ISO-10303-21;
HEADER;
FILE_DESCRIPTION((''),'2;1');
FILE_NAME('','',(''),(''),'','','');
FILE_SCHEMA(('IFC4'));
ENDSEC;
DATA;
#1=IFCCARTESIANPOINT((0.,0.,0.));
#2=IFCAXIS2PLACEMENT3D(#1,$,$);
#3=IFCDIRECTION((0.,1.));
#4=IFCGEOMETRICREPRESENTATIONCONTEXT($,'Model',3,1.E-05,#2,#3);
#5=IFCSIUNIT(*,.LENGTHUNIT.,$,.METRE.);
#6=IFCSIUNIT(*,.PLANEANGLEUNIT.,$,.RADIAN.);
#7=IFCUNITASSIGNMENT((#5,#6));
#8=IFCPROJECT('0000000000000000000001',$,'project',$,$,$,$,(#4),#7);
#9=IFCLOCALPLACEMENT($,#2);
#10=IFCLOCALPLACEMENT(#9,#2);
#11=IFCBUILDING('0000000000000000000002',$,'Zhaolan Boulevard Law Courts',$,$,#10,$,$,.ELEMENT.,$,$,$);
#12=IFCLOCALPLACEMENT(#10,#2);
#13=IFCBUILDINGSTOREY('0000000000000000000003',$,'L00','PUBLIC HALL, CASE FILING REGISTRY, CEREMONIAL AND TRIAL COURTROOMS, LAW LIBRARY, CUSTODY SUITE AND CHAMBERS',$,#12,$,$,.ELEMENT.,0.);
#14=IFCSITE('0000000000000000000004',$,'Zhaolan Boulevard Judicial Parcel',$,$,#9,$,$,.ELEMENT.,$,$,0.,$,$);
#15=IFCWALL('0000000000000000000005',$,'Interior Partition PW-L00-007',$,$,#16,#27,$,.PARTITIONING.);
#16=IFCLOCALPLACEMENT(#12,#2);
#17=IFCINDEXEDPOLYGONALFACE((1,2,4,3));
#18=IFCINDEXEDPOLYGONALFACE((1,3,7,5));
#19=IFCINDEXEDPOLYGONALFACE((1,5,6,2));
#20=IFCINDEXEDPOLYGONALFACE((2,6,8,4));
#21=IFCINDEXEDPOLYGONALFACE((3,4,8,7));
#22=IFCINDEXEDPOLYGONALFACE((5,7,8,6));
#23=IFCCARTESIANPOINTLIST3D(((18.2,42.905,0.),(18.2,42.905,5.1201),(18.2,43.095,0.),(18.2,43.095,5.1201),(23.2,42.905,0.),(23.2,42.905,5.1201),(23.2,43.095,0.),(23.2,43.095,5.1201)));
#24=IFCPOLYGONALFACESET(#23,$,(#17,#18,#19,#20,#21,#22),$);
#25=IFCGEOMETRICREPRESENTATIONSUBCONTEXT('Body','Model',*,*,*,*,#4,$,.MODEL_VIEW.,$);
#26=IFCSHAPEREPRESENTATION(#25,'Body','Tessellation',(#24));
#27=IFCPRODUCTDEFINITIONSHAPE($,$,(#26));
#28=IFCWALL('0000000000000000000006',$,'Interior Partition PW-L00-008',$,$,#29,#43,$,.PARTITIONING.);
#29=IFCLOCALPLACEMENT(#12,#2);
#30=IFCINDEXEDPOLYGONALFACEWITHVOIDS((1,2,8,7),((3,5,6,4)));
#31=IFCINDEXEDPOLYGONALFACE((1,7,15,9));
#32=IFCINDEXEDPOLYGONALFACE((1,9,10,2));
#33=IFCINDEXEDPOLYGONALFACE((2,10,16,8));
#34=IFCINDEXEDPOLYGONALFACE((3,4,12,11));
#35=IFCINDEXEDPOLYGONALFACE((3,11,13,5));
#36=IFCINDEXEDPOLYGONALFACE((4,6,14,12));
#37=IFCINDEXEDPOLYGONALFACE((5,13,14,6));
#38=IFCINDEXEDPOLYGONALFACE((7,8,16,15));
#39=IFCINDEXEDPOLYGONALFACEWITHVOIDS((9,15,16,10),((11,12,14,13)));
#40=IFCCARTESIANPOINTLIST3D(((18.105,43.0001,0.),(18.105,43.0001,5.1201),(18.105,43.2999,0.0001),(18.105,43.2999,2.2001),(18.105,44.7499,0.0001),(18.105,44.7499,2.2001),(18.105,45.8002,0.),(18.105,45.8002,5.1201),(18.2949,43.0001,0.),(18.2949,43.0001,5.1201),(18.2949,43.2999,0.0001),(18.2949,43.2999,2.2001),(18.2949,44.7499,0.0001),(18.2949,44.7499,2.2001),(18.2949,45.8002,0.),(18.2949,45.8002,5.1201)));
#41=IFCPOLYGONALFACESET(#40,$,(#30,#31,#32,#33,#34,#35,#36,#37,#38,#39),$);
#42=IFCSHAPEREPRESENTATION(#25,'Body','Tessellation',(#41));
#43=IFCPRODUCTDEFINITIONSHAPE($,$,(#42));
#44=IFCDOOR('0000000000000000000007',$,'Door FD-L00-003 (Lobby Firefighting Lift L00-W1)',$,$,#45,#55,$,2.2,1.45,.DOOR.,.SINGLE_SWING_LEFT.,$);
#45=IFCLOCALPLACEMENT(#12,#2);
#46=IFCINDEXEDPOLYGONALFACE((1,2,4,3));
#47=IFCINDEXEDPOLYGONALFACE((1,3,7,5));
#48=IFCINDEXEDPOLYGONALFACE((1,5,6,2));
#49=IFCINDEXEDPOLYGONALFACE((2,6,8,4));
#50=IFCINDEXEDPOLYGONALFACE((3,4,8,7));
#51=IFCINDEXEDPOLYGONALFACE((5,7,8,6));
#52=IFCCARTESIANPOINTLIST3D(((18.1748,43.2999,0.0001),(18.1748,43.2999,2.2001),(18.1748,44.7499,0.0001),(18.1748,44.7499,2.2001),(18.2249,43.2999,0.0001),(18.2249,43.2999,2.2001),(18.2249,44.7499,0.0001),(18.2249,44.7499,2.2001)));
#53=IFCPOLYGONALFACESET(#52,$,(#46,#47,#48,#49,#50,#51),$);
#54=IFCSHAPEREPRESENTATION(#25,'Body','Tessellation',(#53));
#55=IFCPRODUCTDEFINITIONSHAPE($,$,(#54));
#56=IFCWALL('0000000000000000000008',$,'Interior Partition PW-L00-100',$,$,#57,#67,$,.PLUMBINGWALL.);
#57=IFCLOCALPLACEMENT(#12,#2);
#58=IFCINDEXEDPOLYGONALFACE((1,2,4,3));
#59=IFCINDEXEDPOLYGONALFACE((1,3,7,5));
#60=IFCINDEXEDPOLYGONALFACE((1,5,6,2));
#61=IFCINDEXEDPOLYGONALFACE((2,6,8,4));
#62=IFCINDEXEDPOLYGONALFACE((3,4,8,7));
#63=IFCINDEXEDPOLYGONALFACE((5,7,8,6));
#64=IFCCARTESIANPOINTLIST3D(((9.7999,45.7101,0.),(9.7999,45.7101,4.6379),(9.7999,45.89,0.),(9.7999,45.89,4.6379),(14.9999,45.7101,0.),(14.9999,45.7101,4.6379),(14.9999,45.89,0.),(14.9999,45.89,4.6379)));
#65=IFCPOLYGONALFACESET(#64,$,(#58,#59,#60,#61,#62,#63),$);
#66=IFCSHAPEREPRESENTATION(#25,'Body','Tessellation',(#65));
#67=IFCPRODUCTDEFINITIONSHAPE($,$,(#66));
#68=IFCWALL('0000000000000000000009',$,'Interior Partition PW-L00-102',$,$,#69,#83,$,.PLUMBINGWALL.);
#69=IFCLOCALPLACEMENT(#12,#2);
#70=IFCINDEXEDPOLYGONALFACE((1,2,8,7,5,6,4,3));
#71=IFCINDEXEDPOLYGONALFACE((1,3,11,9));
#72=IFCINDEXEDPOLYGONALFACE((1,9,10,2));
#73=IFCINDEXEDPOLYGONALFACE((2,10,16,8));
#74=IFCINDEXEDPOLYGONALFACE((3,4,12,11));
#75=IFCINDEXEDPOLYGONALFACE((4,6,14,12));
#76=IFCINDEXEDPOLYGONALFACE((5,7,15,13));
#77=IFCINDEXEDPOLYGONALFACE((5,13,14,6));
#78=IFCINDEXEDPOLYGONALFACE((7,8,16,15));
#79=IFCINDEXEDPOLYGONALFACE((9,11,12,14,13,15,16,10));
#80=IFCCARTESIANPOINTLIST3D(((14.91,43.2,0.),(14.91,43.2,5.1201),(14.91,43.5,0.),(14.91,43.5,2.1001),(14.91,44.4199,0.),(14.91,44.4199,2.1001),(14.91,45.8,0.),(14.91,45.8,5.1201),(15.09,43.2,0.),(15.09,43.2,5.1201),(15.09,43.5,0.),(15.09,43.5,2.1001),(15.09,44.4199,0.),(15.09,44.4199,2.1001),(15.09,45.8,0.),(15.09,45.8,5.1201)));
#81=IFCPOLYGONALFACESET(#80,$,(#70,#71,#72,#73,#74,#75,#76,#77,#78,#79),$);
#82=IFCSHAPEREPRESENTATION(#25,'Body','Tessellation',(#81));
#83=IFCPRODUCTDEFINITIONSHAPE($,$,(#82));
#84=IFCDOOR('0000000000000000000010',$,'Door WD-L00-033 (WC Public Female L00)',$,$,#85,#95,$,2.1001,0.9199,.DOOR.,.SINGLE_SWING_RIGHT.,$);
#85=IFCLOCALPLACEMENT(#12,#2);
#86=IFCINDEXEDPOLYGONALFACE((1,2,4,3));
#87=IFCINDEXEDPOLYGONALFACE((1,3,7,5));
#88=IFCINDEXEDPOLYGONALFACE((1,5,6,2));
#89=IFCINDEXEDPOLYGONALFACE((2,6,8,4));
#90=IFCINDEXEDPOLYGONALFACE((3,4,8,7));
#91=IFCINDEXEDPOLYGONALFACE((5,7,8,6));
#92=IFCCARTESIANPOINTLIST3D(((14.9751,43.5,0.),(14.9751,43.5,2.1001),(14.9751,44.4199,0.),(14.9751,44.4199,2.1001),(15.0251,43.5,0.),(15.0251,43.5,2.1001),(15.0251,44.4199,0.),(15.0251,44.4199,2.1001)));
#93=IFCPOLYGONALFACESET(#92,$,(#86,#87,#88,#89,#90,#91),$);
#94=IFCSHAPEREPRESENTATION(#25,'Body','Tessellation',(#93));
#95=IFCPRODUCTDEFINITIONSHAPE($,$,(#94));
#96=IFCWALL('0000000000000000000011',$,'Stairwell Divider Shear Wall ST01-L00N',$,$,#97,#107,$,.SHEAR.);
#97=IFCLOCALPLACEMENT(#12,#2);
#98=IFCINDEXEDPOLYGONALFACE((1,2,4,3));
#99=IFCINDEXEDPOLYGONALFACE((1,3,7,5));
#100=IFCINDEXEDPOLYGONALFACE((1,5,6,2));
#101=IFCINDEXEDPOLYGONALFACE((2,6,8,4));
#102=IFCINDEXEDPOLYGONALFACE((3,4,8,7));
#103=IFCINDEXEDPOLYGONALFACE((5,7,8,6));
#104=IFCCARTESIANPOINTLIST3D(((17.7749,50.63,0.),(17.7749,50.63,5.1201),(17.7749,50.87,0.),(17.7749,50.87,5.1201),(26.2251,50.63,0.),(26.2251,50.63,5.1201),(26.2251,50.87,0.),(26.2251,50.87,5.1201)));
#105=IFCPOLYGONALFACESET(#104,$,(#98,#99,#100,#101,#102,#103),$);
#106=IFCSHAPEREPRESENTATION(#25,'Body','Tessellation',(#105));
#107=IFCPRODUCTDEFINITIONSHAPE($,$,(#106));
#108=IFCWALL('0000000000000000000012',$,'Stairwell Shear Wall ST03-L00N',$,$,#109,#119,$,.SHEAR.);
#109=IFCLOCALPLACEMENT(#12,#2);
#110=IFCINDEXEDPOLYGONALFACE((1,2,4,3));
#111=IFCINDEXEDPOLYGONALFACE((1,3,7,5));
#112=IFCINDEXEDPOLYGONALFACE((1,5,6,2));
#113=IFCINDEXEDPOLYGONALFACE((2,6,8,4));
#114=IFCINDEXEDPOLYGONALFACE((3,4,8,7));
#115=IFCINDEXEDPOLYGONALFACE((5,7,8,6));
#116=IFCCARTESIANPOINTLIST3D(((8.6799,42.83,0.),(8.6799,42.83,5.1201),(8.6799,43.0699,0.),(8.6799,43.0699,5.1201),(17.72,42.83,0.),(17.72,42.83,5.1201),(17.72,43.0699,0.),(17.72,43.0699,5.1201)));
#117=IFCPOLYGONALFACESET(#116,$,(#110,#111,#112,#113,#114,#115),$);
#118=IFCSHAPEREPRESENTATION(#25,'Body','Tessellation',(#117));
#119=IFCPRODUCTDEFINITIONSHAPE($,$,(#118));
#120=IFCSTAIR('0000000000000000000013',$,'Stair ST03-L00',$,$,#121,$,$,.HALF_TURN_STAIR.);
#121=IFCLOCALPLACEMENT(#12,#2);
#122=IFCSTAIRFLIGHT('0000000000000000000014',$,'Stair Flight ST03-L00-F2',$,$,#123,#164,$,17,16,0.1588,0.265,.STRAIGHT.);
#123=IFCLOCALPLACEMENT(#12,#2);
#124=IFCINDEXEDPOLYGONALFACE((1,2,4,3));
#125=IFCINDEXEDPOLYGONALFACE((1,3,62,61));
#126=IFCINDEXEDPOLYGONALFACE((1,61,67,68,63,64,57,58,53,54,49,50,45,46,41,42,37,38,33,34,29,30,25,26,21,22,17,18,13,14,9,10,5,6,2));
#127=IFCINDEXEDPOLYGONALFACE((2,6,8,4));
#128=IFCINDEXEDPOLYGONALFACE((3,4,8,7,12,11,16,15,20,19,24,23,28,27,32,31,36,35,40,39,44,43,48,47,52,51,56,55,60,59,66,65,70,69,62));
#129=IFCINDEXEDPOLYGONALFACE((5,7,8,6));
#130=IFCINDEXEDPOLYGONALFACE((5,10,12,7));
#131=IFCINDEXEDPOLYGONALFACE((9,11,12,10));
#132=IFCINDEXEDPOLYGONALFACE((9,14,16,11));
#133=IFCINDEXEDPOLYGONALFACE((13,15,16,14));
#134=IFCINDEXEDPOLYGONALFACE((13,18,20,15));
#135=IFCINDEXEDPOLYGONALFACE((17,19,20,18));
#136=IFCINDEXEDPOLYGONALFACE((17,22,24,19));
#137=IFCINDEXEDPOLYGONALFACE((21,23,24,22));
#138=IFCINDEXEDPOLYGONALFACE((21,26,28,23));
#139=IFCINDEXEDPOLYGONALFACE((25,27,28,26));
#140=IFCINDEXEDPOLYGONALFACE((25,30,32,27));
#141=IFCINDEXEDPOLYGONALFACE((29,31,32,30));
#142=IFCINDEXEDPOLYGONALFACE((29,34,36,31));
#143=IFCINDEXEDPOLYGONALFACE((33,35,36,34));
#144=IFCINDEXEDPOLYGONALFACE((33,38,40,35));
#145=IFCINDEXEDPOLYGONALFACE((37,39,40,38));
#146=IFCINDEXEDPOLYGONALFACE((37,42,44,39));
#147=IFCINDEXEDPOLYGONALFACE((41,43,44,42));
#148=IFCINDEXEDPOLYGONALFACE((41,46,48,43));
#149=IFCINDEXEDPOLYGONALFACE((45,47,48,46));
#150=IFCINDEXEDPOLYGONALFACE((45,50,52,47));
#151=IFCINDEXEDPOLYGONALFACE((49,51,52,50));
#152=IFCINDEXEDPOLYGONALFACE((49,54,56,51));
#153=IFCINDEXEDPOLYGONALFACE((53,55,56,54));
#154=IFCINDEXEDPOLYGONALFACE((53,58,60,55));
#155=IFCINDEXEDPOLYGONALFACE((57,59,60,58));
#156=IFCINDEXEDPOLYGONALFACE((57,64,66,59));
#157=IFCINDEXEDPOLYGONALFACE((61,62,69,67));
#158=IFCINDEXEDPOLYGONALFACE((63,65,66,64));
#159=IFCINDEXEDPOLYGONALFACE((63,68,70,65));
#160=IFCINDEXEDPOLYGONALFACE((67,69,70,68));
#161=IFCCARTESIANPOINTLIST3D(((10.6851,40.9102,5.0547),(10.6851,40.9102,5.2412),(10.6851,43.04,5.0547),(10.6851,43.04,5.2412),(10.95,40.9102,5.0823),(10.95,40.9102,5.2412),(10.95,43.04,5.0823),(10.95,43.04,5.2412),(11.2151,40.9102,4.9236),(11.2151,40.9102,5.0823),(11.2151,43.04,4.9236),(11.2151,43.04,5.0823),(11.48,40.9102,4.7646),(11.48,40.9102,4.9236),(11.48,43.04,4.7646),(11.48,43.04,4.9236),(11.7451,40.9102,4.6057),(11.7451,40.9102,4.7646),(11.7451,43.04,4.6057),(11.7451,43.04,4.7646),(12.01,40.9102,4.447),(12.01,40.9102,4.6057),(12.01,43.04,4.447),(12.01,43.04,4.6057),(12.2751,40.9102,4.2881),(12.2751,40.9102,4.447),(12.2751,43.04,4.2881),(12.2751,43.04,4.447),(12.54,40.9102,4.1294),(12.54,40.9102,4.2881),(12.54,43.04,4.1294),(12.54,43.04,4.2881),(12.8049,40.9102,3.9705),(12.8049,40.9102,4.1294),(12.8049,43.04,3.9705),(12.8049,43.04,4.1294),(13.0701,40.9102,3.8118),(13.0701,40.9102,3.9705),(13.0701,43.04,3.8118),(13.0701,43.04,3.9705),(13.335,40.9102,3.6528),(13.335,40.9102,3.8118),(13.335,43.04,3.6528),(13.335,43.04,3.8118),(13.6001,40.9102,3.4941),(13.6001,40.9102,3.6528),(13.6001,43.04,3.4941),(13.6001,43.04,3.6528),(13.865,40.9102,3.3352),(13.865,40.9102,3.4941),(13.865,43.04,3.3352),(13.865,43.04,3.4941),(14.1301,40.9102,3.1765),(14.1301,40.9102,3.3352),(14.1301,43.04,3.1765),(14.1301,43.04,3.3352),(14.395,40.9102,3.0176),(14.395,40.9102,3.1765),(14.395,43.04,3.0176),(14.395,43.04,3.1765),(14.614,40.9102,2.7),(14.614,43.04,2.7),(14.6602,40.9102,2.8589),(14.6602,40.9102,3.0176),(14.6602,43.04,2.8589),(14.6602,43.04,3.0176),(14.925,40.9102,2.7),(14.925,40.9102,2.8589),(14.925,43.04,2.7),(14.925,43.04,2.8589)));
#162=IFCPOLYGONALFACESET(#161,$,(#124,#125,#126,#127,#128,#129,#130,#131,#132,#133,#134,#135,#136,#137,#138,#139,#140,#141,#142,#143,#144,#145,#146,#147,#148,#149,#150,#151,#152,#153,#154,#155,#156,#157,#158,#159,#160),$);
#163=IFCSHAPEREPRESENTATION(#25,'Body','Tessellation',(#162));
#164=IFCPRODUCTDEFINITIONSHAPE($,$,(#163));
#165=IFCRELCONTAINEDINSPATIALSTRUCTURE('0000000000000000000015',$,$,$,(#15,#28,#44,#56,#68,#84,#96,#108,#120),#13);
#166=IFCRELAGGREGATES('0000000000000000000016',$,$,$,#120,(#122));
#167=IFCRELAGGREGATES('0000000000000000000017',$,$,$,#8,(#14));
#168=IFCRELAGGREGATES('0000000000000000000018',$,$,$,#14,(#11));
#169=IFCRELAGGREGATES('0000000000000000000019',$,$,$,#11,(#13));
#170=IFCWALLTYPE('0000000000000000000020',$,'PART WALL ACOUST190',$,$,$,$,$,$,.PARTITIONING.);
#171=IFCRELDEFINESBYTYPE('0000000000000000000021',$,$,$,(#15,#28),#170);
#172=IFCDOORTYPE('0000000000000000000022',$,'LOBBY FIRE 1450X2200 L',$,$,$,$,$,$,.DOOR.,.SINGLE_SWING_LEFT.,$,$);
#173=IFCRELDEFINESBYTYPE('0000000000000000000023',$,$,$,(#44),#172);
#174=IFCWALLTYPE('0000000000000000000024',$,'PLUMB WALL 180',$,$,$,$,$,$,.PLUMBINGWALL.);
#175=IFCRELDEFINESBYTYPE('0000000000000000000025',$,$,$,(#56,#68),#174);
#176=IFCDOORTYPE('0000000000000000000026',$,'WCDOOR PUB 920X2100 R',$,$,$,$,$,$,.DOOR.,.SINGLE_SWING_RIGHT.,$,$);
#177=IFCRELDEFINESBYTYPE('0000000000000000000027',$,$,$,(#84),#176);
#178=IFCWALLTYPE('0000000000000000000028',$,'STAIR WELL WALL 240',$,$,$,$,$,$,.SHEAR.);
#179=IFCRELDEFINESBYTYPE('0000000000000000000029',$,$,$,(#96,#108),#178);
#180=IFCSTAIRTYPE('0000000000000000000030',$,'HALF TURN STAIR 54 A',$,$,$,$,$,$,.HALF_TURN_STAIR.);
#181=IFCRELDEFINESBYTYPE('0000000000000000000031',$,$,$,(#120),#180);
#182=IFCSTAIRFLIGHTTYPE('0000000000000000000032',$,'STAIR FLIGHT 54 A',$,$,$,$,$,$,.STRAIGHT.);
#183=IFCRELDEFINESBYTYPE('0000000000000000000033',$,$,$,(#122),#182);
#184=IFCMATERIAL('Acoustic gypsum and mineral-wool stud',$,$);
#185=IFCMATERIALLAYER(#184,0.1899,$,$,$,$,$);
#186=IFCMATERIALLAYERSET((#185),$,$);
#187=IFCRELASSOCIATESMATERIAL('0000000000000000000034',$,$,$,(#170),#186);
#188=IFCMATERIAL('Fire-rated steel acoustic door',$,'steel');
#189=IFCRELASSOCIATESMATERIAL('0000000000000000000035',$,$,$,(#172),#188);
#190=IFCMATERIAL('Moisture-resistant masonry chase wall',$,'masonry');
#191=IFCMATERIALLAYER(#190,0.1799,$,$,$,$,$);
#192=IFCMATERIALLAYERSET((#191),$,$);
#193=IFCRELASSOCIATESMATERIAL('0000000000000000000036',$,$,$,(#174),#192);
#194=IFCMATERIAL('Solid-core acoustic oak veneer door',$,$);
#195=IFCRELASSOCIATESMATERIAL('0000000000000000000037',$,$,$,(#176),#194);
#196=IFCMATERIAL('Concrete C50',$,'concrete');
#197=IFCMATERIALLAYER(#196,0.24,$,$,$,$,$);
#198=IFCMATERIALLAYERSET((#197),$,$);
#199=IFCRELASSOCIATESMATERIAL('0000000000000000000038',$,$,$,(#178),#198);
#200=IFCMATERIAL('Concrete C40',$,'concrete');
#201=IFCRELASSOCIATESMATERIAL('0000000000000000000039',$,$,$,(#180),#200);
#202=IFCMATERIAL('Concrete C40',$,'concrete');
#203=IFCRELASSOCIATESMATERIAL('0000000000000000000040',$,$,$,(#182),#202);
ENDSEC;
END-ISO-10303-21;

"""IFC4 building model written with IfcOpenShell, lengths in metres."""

from ifc_helpers import new_model, si_unit, direction, frame, frame_2d, origin, place, context, subcontext, project, spatial, polyline, rectangle, outline, extrude, material, layer, layer_set, type_object, element, fill, aggregate, save


model = new_model("IFC4")

# Units and contexts
model_context = context("Model", 3, precision=1e-05, world=origin(), true_north=direction((0.0, 1.0)))
body_context = subcontext(model_context, "Body", "Model", "MODEL_VIEW")
ifc_project = project(units=[si_unit("LENGTHUNIT", "METRE"), si_unit("PLANEANGLEUNIT", "RADIAN")], contexts=[model_context])

# Site, building, storey
site_placement = place(None, origin())
site = spatial("IfcSite", under=ifc_project, at=site_placement, Name="Zhaolan Boulevard Judicial Parcel", CompositionType="ELEMENT", RefElevation=0.0)
building_placement = place(site_placement, origin())
building = spatial("IfcBuilding", under=site, at=building_placement, Name="Zhaolan Boulevard Law Courts", CompositionType="ELEMENT")
storey_placement = place(building_placement, origin())
storey = spatial("IfcBuildingStorey", under=building, at=storey_placement, Name="L00", Description="PUBLIC HALL, CASE FILING REGISTRY, CEREMONIAL AND TRIAL COURTROOMS, LAW LIBRARY, CUSTODY SUITE AND CHAMBERS", CompositionType="ELEMENT", Elevation=0.0)

# Wall
ifc_material_1 = material(Name="Acoustic gypsum and mineral-wool stud")
ifc_layer_1 = layer(ifc_material_1, 0.1899)
ifc_layer_set_1 = layer_set([ifc_layer_1])
wall_type_1 = type_object("IfcWallType", Name="PART WALL ACOUST190", PredefinedType="PARTITIONING", material=ifc_layer_set_1)
wall_1_placement = place(storey_placement, frame((18.2, 43.0, 0.0), z_axis=(0.0, 0.0, 1.0), x_axis=(1.0, 0.0, 0.0)))
element("IfcWall", 1, at=wall_1_placement, inside=storey, type_object=wall_type_1, Name="Interior Partition PW-L00-007", PredefinedType="PARTITIONING", context=body_context, shape_type="SweptSolid", body=[
    extrude(rectangle(XDim=5.0, YDim=0.1899, at=frame_2d((2.5, 0.0))), origin(), (0.0, 0.0, 1.0), 5.1201),
])

# Wall, opening, door
wall_2_placement = place(storey_placement, frame((18.2, 45.8, 0.0), z_axis=(0.0, 0.0, 1.0), x_axis=(0.0, -1.0, 0.0)))
wall_2 = element("IfcWall", 2, at=wall_2_placement, inside=storey, type_object=wall_type_1, Name="Interior Partition PW-L00-008", PredefinedType="PARTITIONING", context=body_context, shape_type="SweptSolid", body=[
    extrude(rectangle(XDim=2.8, YDim=0.1899, at=frame_2d((1.3999, 0.0))), origin(), (0.0, 0.0, 1.0), 5.1201),
])
opening_1_placement = place(wall_2_placement, frame((1.05, 0.0, 0.0)))
opening_1 = element("IfcOpeningElement", 3, at=opening_1_placement, cuts=wall_2, PredefinedType="OPENING", context=body_context, shape_type="SweptSolid", body=[
    extrude(rectangle(XDim=1.45, YDim=2.2, at=frame_2d((0.7251, 1.1001))), frame((0.0, 0.105, 0.0), z_axis=(0.0, -1.0, 0.0), x_axis=(1.0, 0.0, 0.0)), (0.0, 0.0, 1.0), 0.21),
])
ifc_material_2 = material(Name="Fire-rated steel acoustic door", Category="steel")
door_type_1 = type_object("IfcDoorType", Name="LOBBY FIRE 1450X2200 L", OperationType="SINGLE_SWING_LEFT", PredefinedType="DOOR", material=ifc_material_2)
door_1_placement = place(opening_1_placement, origin())
door_1 = element("IfcDoor", 4, at=door_1_placement, inside=storey, type_object=door_type_1, Name="Door FD-L00-003 (Lobby Firefighting Lift L00-W1)", OperationType="SINGLE_SWING_LEFT", OverallHeight=2.2, OverallWidth=1.45, PredefinedType="DOOR", context=body_context, shape_type="SweptSolid", body=[
    extrude(rectangle(XDim=1.45, YDim=2.2, at=frame_2d((0.7251, 1.1001))), frame((0.0, 0.0249, 0.0), z_axis=(0.0, -1.0, 0.0), x_axis=(1.0, 0.0, 0.0)), (0.0, 0.0, 1.0), 0.05),
])
fill(opening_1, door_1)

# Wall
ifc_material_3 = material(Name="Moisture-resistant masonry chase wall", Category="masonry")
ifc_layer_2 = layer(ifc_material_3, 0.1799)
ifc_layer_set_2 = layer_set([ifc_layer_2])
wall_type_2 = type_object("IfcWallType", Name="PLUMB WALL 180", PredefinedType="PLUMBINGWALL", material=ifc_layer_set_2)
wall_3_placement = place(storey_placement, frame((15.0, 45.8, 0.0), z_axis=(0.0, 0.0, 1.0), x_axis=(-1.0, 0.0, 0.0)))
element("IfcWall", 5, at=wall_3_placement, inside=storey, type_object=wall_type_2, Name="Interior Partition PW-L00-100", PredefinedType="PLUMBINGWALL", context=body_context, shape_type="SweptSolid", body=[
    extrude(rectangle(XDim=5.2, YDim=0.1799, at=frame_2d((2.6001, 0.0))), origin(), (0.0, 0.0, 1.0), 4.6379),
])

# Wall, opening, door
wall_4_placement = place(storey_placement, frame((15.0, 43.2, 0.0), z_axis=(0.0, 0.0, 1.0), x_axis=(0.0, 1.0, 0.0)))
wall_4 = element("IfcWall", 6, at=wall_4_placement, inside=storey, type_object=wall_type_2, Name="Interior Partition PW-L00-102", PredefinedType="PLUMBINGWALL", context=body_context, shape_type="SweptSolid", body=[
    extrude(rectangle(XDim=2.6001, YDim=0.1799, at=frame_2d((1.3, 0.0))), origin(), (0.0, 0.0, 1.0), 5.1201),
])
opening_2_placement = place(wall_4_placement, frame((0.3, 0.0, 0.0)))
opening_2 = element("IfcOpeningElement", 7, at=opening_2_placement, cuts=wall_4, PredefinedType="OPENING", context=body_context, shape_type="SweptSolid", body=[
    extrude(rectangle(XDim=0.9199, YDim=2.1001, at=frame_2d((0.46, 1.05))), frame((0.0, 0.0999, 0.0), z_axis=(0.0, -1.0, 0.0), x_axis=(1.0, 0.0, 0.0)), (0.0, 0.0, 1.0), 0.2),
])
ifc_material_4 = material(Name="Solid-core acoustic oak veneer door")
door_type_2 = type_object("IfcDoorType", Name="WCDOOR PUB 920X2100 R", OperationType="SINGLE_SWING_RIGHT", PredefinedType="DOOR", material=ifc_material_4)
door_2_placement = place(opening_2_placement, origin())
door_2 = element("IfcDoor", 8, at=door_2_placement, inside=storey, type_object=door_type_2, Name="Door WD-L00-033 (WC Public Female L00)", OperationType="SINGLE_SWING_RIGHT", OverallHeight=2.1001, OverallWidth=0.9199, PredefinedType="DOOR", context=body_context, shape_type="SweptSolid", body=[
    extrude(rectangle(XDim=0.9199, YDim=2.1001, at=frame_2d((0.46, 1.05))), frame((0.0, 0.0249, 0.0), z_axis=(0.0, -1.0, 0.0), x_axis=(1.0, 0.0, 0.0)), (0.0, 0.0, 1.0), 0.05),
])
fill(opening_2, door_2)

# Walls
ifc_material_5 = material(Name="Concrete C50", Category="concrete")
ifc_layer_3 = layer(ifc_material_5, 0.24)
ifc_layer_set_3 = layer_set([ifc_layer_3])
wall_type_3 = type_object("IfcWallType", Name="STAIR WELL WALL 240", PredefinedType="SHEAR", material=ifc_layer_set_3)
wall_5_placement = place(storey_placement, frame((17.7749, 50.75, 0.0), z_axis=(0.0, 0.0, 1.0), x_axis=(1.0, 0.0, 0.0)))
element("IfcWall", 9, at=wall_5_placement, inside=storey, type_object=wall_type_3, Name="Stairwell Divider Shear Wall ST01-L00N", PredefinedType="SHEAR", context=body_context, shape_type="SweptSolid", body=[
    extrude(rectangle(XDim=8.4502, YDim=0.24, at=frame_2d((4.2251, 0.0))), origin(), (0.0, 0.0, 1.0), 5.1201),
])
wall_6_placement = place(storey_placement, frame((17.72, 42.95, 0.0), z_axis=(0.0, 0.0, 1.0), x_axis=(-1.0, 0.0, 0.0)))
element("IfcWall", 10, at=wall_6_placement, inside=storey, type_object=wall_type_3, Name="Stairwell Shear Wall ST03-L00N", PredefinedType="SHEAR", context=body_context, shape_type="SweptSolid", body=[
    extrude(rectangle(XDim=9.04, YDim=0.24, at=frame_2d((4.52, 0.0))), origin(), (0.0, 0.0, 1.0), 5.1201),
])

# Stair, stair flight
ifc_material_6 = material(Name="Concrete C40", Category="concrete")
stair_type_1 = type_object("IfcStairType", Name="HALF TURN STAIR 54 A", PredefinedType="HALF_TURN_STAIR", material=ifc_material_6)
stair_1_placement = place(storey_placement, origin())
stair_1 = element("IfcStair", 11, at=stair_1_placement, inside=storey, type_object=stair_type_1, Name="Stair ST03-L00", PredefinedType="HALF_TURN_STAIR")
ifc_material_7 = material(Name="Concrete C40", Category="concrete")
stair_flight_type_1 = type_object("IfcStairFlightType", Name="STAIR FLIGHT 54 A", PredefinedType="STRAIGHT", material=ifc_material_7)
stair_flight_1_placement = place(storey_placement, frame((14.925, 41.9751, 2.7), z_axis=(0.0, 0.0, 1.0), x_axis=(-1.0, 0.0, 0.0)))
stair_flight_1 = element("IfcStairFlight", 12, at=stair_flight_1_placement, type_object=stair_flight_type_1, Name="Stair Flight ST03-L00-F2", NumberOfRisers=17, NumberOfTreads=16, PredefinedType="STRAIGHT", RiserHeight=0.1588, TreadLength=0.265, context=body_context, shape_type="SweptSolid", body=[
    extrude(outline(polyline([(0.0, 0.0), (0.0, 0.1589), (0.2649, 0.1589), (0.2649, 0.3176), (0.53, 0.3176), (0.53, 0.4766), (0.7949, 0.4766), (0.7949, 0.6353), (1.0601, 0.6353), (1.0601, 0.7942), (1.325, 0.7942), (1.325, 0.9529), (1.5901, 0.9529), (1.5901, 1.1118), (1.855, 1.1118), (1.855, 1.2705), (2.1201, 1.2705), (2.1201, 1.4294), (2.385, 1.4294), (2.385, 1.5881), (2.6499, 1.5881), (2.6499, 1.7471), (2.915, 1.7471), (2.915, 1.9058), (3.1799, 1.9058), (3.1799, 2.0647), (3.4451, 2.0647), (3.4451, 2.2236), (3.71, 2.2236), (3.71, 2.3823), (3.9751, 2.3823), (3.9751, 2.5413), (4.24, 2.5413), (4.24, 2.7), (4.24, 2.3547), (0.311, 0.0), (0.0, 0.0)])), frame((0.0, 1.0649, 0.0), z_axis=(0.0, -1.0, 0.0), x_axis=(1.0, 0.0, 0.0)), (0.0, 0.0, 1.0), 2.1299),
])
aggregate(stair_1, [stair_flight_1])

save(model, "model.ifc")
